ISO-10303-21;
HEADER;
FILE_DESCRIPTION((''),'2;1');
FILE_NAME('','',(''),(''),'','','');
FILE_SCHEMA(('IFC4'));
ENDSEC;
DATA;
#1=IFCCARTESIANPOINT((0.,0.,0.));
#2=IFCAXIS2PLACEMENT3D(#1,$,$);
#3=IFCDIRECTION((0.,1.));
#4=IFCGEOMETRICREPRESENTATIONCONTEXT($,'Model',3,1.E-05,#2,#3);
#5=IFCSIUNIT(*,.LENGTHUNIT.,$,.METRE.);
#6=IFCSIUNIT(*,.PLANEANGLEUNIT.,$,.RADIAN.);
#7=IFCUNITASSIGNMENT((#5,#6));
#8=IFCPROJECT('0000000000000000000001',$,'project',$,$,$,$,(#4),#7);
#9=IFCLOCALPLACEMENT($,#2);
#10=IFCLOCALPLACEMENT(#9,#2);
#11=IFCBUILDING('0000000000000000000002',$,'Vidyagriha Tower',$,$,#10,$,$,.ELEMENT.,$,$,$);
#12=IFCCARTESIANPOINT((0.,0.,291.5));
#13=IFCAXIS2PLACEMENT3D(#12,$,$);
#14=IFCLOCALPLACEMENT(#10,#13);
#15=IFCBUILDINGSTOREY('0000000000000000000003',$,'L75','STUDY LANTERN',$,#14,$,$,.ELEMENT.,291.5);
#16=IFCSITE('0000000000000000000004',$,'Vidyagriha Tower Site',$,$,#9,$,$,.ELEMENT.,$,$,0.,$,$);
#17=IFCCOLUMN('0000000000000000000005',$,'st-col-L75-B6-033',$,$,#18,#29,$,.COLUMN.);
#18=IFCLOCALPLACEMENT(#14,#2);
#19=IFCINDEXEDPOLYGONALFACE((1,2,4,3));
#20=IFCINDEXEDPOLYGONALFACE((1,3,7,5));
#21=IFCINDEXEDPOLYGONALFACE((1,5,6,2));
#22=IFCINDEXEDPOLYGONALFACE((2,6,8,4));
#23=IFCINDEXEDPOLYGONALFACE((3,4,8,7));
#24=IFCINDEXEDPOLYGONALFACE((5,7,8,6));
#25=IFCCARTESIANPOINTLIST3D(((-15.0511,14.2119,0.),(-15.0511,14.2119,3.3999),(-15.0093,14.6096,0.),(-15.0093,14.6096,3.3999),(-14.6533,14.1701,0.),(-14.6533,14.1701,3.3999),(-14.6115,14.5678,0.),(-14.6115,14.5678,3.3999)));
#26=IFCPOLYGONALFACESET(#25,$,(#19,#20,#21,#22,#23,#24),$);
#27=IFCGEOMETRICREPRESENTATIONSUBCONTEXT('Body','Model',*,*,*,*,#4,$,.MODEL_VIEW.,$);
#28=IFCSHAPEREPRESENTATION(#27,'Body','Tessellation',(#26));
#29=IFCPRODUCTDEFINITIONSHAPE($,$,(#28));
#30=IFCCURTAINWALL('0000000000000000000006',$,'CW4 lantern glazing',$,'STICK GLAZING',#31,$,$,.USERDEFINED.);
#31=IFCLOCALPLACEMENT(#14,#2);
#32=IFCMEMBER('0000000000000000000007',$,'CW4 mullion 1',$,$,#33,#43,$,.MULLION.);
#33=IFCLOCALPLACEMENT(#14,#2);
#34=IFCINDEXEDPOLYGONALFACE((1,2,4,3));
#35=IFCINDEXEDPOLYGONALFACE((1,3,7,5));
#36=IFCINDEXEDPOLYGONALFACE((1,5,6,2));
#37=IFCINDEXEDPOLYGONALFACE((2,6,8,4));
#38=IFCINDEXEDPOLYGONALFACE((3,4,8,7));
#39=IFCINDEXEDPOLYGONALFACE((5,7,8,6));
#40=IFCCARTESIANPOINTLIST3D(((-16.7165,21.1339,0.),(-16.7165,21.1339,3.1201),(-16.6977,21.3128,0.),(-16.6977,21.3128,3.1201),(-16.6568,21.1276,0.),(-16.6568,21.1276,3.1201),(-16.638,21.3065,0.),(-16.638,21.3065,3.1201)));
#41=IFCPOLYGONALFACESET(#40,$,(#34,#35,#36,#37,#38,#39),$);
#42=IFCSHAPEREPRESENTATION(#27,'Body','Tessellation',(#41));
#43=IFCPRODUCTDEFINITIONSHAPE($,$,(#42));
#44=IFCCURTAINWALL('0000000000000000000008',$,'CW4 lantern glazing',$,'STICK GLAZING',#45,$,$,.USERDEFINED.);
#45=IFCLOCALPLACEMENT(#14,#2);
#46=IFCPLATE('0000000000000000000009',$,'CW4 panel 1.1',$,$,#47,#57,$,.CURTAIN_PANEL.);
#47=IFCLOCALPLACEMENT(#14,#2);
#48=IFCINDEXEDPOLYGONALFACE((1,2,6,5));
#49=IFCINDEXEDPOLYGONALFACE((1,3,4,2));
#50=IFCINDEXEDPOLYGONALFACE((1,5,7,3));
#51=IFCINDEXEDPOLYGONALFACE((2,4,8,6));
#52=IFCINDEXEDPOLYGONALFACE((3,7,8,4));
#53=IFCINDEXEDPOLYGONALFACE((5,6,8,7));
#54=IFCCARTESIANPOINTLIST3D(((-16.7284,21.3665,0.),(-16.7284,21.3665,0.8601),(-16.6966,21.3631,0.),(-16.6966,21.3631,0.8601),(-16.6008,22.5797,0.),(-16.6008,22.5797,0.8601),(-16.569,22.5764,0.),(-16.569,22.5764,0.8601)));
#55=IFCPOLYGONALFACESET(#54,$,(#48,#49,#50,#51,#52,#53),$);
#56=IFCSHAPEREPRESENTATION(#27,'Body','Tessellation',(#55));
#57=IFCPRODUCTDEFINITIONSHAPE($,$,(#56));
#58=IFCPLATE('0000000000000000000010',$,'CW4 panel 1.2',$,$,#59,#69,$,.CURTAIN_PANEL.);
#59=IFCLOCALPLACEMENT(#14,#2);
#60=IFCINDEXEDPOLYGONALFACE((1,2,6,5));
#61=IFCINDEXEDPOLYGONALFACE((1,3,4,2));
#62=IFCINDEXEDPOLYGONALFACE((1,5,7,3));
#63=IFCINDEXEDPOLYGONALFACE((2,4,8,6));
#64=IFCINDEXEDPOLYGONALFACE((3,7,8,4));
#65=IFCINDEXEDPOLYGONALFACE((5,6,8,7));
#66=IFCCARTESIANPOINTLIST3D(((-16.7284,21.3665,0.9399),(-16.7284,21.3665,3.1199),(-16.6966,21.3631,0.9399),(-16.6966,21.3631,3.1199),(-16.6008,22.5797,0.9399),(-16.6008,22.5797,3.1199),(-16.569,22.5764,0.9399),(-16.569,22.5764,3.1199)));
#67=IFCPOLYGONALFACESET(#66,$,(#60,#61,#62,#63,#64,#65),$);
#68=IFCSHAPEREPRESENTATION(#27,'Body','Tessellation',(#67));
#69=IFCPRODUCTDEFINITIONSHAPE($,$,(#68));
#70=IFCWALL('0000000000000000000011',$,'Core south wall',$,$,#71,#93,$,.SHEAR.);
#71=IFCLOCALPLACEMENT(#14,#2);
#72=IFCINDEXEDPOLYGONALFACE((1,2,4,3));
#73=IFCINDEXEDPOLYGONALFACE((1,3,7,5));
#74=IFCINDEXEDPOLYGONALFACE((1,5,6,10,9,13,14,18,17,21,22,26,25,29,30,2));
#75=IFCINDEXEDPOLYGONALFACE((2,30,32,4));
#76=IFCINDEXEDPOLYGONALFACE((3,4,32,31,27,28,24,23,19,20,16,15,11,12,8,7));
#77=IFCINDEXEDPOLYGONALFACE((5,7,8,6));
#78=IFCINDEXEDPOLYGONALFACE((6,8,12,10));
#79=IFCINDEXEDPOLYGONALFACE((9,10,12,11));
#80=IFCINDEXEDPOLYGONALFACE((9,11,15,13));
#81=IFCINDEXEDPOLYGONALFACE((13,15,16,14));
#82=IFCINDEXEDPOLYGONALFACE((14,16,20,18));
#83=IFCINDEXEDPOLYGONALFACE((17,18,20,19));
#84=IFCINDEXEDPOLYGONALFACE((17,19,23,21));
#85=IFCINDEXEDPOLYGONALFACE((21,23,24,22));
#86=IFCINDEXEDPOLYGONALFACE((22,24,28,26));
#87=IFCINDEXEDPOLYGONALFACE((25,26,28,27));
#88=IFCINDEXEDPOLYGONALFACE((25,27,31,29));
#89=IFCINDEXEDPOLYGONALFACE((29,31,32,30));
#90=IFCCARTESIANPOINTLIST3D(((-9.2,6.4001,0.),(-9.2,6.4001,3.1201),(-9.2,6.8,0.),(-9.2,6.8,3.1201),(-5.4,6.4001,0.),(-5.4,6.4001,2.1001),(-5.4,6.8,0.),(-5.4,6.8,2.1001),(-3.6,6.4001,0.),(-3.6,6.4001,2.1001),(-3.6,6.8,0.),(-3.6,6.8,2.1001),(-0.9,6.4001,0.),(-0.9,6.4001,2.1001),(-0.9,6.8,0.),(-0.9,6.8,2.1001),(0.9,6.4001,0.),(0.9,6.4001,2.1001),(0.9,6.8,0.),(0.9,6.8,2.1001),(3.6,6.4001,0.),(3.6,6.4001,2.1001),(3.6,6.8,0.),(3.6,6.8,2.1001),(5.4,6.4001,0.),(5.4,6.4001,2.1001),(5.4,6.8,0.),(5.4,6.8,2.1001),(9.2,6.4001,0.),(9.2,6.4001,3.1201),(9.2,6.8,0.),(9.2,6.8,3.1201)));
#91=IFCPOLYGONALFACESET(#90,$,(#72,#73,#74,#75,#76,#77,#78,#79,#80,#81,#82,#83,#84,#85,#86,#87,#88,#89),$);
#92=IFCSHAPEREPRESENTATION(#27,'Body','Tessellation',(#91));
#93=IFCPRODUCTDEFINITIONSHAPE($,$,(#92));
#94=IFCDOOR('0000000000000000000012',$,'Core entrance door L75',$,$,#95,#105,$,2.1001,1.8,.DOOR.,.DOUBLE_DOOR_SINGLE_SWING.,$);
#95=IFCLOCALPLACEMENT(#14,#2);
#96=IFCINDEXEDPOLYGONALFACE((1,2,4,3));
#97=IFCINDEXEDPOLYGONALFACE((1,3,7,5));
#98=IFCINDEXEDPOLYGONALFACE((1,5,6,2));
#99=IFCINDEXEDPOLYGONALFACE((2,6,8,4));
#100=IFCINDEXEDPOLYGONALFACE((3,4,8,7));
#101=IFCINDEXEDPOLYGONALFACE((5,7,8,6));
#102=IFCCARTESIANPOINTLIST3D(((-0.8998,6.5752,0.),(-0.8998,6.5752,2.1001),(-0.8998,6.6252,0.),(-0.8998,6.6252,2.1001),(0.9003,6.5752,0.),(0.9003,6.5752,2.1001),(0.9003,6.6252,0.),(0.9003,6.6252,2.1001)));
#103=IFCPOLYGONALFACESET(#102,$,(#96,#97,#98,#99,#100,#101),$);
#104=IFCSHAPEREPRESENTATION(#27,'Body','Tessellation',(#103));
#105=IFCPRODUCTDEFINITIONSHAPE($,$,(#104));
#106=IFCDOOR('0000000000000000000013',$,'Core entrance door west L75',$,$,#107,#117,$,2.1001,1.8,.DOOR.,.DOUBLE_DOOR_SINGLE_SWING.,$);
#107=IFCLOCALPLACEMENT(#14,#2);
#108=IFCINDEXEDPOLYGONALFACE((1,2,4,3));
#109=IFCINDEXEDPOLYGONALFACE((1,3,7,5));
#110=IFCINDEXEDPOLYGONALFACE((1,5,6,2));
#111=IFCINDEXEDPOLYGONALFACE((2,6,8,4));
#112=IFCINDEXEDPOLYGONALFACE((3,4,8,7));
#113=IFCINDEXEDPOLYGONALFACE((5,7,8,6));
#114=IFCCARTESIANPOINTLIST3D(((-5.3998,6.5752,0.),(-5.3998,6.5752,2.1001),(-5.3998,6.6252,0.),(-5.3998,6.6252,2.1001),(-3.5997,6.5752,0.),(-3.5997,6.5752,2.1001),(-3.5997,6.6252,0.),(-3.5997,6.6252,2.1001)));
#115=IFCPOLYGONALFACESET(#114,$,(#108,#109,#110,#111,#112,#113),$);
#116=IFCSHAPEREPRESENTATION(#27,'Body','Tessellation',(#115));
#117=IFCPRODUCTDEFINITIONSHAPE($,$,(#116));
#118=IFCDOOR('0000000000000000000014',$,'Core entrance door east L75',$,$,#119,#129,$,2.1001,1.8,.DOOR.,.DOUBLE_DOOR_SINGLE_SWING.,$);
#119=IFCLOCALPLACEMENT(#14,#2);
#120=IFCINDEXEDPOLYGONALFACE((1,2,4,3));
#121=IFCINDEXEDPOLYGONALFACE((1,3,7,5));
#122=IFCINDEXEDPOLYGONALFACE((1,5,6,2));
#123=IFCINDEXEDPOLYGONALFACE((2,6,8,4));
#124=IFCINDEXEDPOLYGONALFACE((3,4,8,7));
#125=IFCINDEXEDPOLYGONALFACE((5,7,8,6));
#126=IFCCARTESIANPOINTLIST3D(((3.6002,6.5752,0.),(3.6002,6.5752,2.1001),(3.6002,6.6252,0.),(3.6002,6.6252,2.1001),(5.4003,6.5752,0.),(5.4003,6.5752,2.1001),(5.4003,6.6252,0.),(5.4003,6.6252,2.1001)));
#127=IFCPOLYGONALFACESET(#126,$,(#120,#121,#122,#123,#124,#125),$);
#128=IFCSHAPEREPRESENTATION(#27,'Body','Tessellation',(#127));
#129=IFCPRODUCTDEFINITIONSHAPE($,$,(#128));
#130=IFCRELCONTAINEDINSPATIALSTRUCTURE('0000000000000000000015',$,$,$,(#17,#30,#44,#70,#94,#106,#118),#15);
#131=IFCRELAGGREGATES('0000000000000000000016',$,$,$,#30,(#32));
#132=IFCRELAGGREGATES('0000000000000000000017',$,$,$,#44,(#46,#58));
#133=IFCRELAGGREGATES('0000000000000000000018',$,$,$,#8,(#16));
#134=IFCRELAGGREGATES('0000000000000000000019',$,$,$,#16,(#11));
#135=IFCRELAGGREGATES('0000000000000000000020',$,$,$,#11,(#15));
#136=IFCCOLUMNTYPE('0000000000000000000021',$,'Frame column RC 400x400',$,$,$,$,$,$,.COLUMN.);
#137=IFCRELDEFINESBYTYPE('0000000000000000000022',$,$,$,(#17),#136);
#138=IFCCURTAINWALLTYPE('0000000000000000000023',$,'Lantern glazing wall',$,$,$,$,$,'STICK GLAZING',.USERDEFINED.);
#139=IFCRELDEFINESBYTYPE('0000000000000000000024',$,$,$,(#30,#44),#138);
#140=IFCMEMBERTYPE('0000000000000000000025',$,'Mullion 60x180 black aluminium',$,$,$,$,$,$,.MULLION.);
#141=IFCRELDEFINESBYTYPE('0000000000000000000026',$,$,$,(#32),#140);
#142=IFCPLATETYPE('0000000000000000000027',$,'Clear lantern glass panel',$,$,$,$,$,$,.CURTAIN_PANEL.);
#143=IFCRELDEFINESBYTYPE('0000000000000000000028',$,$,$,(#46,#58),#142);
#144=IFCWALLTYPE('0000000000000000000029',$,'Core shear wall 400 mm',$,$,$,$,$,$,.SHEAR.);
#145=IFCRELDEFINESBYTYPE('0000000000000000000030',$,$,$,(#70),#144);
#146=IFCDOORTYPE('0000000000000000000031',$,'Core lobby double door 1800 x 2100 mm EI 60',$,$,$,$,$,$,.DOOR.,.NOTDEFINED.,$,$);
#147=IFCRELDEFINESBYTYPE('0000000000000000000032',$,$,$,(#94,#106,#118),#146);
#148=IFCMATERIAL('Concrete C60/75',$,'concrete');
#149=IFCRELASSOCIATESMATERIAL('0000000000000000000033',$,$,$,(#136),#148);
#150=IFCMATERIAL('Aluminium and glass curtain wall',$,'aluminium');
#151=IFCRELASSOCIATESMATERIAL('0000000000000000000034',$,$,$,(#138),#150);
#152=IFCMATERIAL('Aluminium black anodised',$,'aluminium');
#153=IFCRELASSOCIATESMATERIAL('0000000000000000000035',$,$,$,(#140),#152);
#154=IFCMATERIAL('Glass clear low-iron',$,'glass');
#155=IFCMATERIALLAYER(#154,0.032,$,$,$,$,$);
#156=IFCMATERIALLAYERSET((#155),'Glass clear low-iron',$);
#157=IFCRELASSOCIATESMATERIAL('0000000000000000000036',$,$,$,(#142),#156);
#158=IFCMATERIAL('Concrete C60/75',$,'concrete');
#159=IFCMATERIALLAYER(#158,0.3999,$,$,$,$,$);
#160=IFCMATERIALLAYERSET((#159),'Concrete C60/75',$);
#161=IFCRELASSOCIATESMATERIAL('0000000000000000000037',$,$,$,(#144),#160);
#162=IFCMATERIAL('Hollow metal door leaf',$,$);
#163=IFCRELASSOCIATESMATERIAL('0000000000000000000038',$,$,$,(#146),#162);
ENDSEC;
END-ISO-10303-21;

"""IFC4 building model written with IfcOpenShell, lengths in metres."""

from ifc_helpers import new_model, si_unit, direction, frame, frame_2d, origin, origin_2d, place, context, subcontext, project, spatial, rectangle, extrude, material, layer, layer_set, material_profile, profile_set, type_object, element, fill, aggregate, save


model = new_model("IFC4")

# Units and contexts
model_context = context("Model", 3, precision=1e-05, world=origin(), true_north=direction((0.0, 1.0)))
body_context = subcontext(model_context, "Body", "Model", "MODEL_VIEW")
ifc_project = project(units=[si_unit("LENGTHUNIT", "METRE"), si_unit("PLANEANGLEUNIT", "RADIAN")], contexts=[model_context])

# Site, building, storey
site_placement = place(None, origin())
site = spatial("IfcSite", under=ifc_project, at=site_placement, Name="Vidyagriha Tower Site", CompositionType="ELEMENT", RefElevation=0.0)
building_placement = place(site_placement, origin())
building = spatial("IfcBuilding", under=site, at=building_placement, Name="Vidyagriha Tower", CompositionType="ELEMENT")
storey_placement = place(building_placement, frame((0.0, 0.0, 291.5)))
storey = spatial("IfcBuildingStorey", under=building, at=storey_placement, Name="L75", Description="STUDY LANTERN", CompositionType="ELEMENT", Elevation=291.5)

# Column
ifc_material_1 = material(Name="Concrete C60/75", Category="concrete")
ifc_material_profile_1 = material_profile(ifc_material_1, rectangle(XDim=0.3999, YDim=0.3999, at=origin_2d()), Name="RC 400x400")
ifc_profile_set_1 = profile_set([ifc_material_profile_1], Name="Concrete C60/75")
column_type = type_object("IfcColumnType", Name="Frame column RC 400x400", PredefinedType="COLUMN", material=ifc_profile_set_1)
column_placement = place(storey_placement, frame((-14.8313, 14.3899, 0.0), z_axis=(0.0, 0.0, 1.0), x_axis=(0.994522, -0.104528, 0.0)))
element("IfcColumn", 1, at=column_placement, inside=storey, type_object=column_type, Name="st-col-L75-B6-033", PredefinedType="COLUMN", context=body_context, shape_type="SweptSolid", body=[
    extrude(rectangle(XDim=0.3999, YDim=0.3999, at=origin_2d()), origin(), (0.0, 0.0, 1.0), 3.3999),
])

# Curtain wall, member
ifc_material_2 = material(Name="Aluminium and glass curtain wall", Category="aluminium")
curtain_wall_type = type_object("IfcCurtainWallType", Name="Lantern glazing wall", ElementType="STICK GLAZING", PredefinedType="USERDEFINED", material=ifc_material_2)
curtain_wall_1_placement = place(storey_placement, origin())
curtain_wall_1 = element("IfcCurtainWall", 2, at=curtain_wall_1_placement, inside=storey, type_object=curtain_wall_type, Name="CW4 lantern glazing", ObjectType="STICK GLAZING", PredefinedType="USERDEFINED")
ifc_material_3 = material(Name="Aluminium black anodised", Category="aluminium")
ifc_material_profile_2 = material_profile(ifc_material_3, rectangle(XDim=0.1799, YDim=0.0601, at=origin_2d()), Name="Mullion 60x180 black aluminium")
ifc_profile_set_2 = profile_set([ifc_material_profile_2], Name="Aluminium black anodised")
member_type = type_object("IfcMemberType", Name="Mullion 60x180 black aluminium", PredefinedType="MULLION", material=ifc_profile_set_2)
member_placement = place(storey_placement, frame((-16.6772, 21.2202, 0.0), z_axis=(0.0, 0.0, 1.0), x_axis=(-0.104519, -0.994523, 0.0)))
member = element("IfcMember", 3, at=member_placement, type_object=member_type, Name="CW4 mullion 1", PredefinedType="MULLION", context=body_context, shape_type="SweptSolid", body=[
    extrude(rectangle(XDim=0.1799, YDim=0.0601, at=origin_2d()), origin(), (0.0, 0.0, 1.0), 3.1201),
])
aggregate(curtain_wall_1, [member])

# Curtain wall, plates
curtain_wall_2_placement = place(storey_placement, origin())
curtain_wall_2 = element("IfcCurtainWall", 4, at=curtain_wall_2_placement, inside=storey, type_object=curtain_wall_type, Name="CW4 lantern glazing", ObjectType="STICK GLAZING", PredefinedType="USERDEFINED")
ifc_material_4 = material(Name="Glass clear low-iron", Category="glass")
ifc_layer_1 = layer(ifc_material_4, 0.032)
ifc_layer_set_1 = layer_set([ifc_layer_1], Name="Glass clear low-iron")
plate_type = type_object("IfcPlateType", Name="Clear lantern glass panel", PredefinedType="CURTAIN_PANEL", material=ifc_layer_set_1)
plate_1_placement = place(storey_placement, frame((-16.6487, 21.9714, 0.0), z_axis=(0.0, 0.0, 1.0), x_axis=(-0.104549, -0.99452, 0.0)))
plate_1 = element("IfcPlate", 5, at=plate_1_placement, type_object=plate_type, Name="CW4 panel 1.1", PredefinedType="CURTAIN_PANEL", context=body_context, shape_type="SweptSolid", body=[
    extrude(rectangle(XDim=1.22, YDim=0.032, at=origin_2d()), origin(), (0.0, 0.0, 1.0), 0.8601),
])
plate_2_placement = place(storey_placement, frame((-16.6487, 21.9714, 0.9399), z_axis=(0.0, 0.0, 1.0), x_axis=(-0.104549, -0.99452, 0.0)))
plate_2 = element("IfcPlate", 6, at=plate_2_placement, type_object=plate_type, Name="CW4 panel 1.2", PredefinedType="CURTAIN_PANEL", context=body_context, shape_type="SweptSolid", body=[
    extrude(rectangle(XDim=1.22, YDim=0.032, at=origin_2d()), origin(), (0.0, 0.0, 1.0), 2.1799),
])
aggregate(curtain_wall_2, [plate_1, plate_2])

# Wall, openings, doors
ifc_material_5 = material(Name="Concrete C60/75", Category="concrete")
ifc_layer_2 = layer(ifc_material_5, 0.3999)
ifc_layer_set_2 = layer_set([ifc_layer_2], Name="Concrete C60/75")
wall_type_1 = type_object("IfcWallType", Name="Core shear wall 400 mm", PredefinedType="SHEAR", material=ifc_layer_set_2)
wall_1_placement = place(storey_placement, frame((-9.2, 6.6001, 0.0)))
wall_1 = element("IfcWall", 7, at=wall_1_placement, inside=storey, type_object=wall_type_1, Name="Core south wall", PredefinedType="SHEAR", context=body_context, shape_type="SweptSolid", body=[
    extrude(rectangle(XDim=18.3999, YDim=0.3999, at=frame_2d((9.2, 0.0))), origin(), (0.0, 0.0, 1.0), 3.1201),
])
opening_1_placement = place(wall_1_placement, frame((8.3, 0.0, 0.0)))
opening_1 = element("IfcOpeningElement", 8, at=opening_1_placement, cuts=wall_1, PredefinedType="OPENING", context=body_context, shape_type="SweptSolid", body=[
    extrude(rectangle(XDim=1.8, YDim=2.1001, at=frame_2d((0.8999, 1.05))), frame((0.0, 0.21, 0.0), z_axis=(0.0, -1.0, 0.0), x_axis=(1.0, 0.0, 0.0)), (0.0, 0.0, 1.0), 0.4199),
])
opening_2_placement = place(wall_1_placement, frame((3.8, 0.0, 0.0)))
opening_2 = element("IfcOpeningElement", 9, at=opening_2_placement, cuts=wall_1, PredefinedType="OPENING", context=body_context, shape_type="SweptSolid", body=[
    extrude(rectangle(XDim=1.8, YDim=2.1001, at=frame_2d((0.8999, 1.05))), frame((0.0, 0.21, 0.0), z_axis=(0.0, -1.0, 0.0), x_axis=(1.0, 0.0, 0.0)), (0.0, 0.0, 1.0), 0.4199),
])
opening_3_placement = place(wall_1_placement, frame((12.8, 0.0, 0.0)))
opening_3 = element("IfcOpeningElement", 10, at=opening_3_placement, cuts=wall_1, PredefinedType="OPENING", context=body_context, shape_type="SweptSolid", body=[
    extrude(rectangle(XDim=1.8, YDim=2.1001, at=frame_2d((0.8999, 1.05))), frame((0.0, 0.21, 0.0), z_axis=(0.0, -1.0, 0.0), x_axis=(1.0, 0.0, 0.0)), (0.0, 0.0, 1.0), 0.4199),
])
ifc_material_6 = material(Name="Hollow metal door leaf")
door_type_1 = type_object("IfcDoorType", Name="Core lobby double door 1800 x 2100 mm EI 60", OperationType="NOTDEFINED", PredefinedType="DOOR", material=ifc_material_6)
door_1_placement = place(opening_1_placement, frame((1.8, 0.0, 0.0), z_axis=(0.0, 0.0, 1.0), x_axis=(-1.0, 0.0, 0.0)))
door_1 = element("IfcDoor", 11, at=door_1_placement, inside=storey, type_object=door_type_1, Name="Core entrance door L75", OperationType="DOUBLE_DOOR_SINGLE_SWING", OverallHeight=2.1001, OverallWidth=1.8, PredefinedType="DOOR", context=body_context, shape_type="SweptSolid", body=[
    extrude(rectangle(XDim=1.8, YDim=2.1001, at=frame_2d((0.8999, 1.05))), frame((0.0, 0.0249, 0.0), z_axis=(0.0, -1.0, 0.0), x_axis=(1.0, 0.0, 0.0)), (0.0, 0.0, 1.0), 0.05),
])
fill(opening_1, door_1)
door_2_placement = place(opening_2_placement, frame((1.8, 0.0, 0.0), z_axis=(0.0, 0.0, 1.0), x_axis=(-1.0, 0.0, 0.0)))
door_2 = element("IfcDoor", 12, at=door_2_placement, inside=storey, type_object=door_type_1, Name="Core entrance door west L75", OperationType="DOUBLE_DOOR_SINGLE_SWING", OverallHeight=2.1001, OverallWidth=1.8, PredefinedType="DOOR", context=body_context, shape_type="SweptSolid", body=[
    extrude(rectangle(XDim=1.8, YDim=2.1001, at=frame_2d((0.8999, 1.05))), frame((0.0, 0.0249, 0.0), z_axis=(0.0, -1.0, 0.0), x_axis=(1.0, 0.0, 0.0)), (0.0, 0.0, 1.0), 0.05),
])
fill(opening_2, door_2)
door_3_placement = place(opening_3_placement, frame((1.8, 0.0, 0.0), z_axis=(0.0, 0.0, 1.0), x_axis=(-1.0, 0.0, 0.0)))
door_3 = element("IfcDoor", 13, at=door_3_placement, inside=storey, type_object=door_type_1, Name="Core entrance door east L75", OperationType="DOUBLE_DOOR_SINGLE_SWING", OverallHeight=2.1001, OverallWidth=1.8, PredefinedType="DOOR", context=body_context, shape_type="SweptSolid", body=[
    extrude(rectangle(XDim=1.8, YDim=2.1001, at=frame_2d((0.8999, 1.05))), frame((0.0, 0.0249, 0.0), z_axis=(0.0, -1.0, 0.0), x_axis=(1.0, 0.0, 0.0)), (0.0, 0.0, 1.0), 0.05),
])
fill(opening_3, door_3)

save(model, "model.ifc")
